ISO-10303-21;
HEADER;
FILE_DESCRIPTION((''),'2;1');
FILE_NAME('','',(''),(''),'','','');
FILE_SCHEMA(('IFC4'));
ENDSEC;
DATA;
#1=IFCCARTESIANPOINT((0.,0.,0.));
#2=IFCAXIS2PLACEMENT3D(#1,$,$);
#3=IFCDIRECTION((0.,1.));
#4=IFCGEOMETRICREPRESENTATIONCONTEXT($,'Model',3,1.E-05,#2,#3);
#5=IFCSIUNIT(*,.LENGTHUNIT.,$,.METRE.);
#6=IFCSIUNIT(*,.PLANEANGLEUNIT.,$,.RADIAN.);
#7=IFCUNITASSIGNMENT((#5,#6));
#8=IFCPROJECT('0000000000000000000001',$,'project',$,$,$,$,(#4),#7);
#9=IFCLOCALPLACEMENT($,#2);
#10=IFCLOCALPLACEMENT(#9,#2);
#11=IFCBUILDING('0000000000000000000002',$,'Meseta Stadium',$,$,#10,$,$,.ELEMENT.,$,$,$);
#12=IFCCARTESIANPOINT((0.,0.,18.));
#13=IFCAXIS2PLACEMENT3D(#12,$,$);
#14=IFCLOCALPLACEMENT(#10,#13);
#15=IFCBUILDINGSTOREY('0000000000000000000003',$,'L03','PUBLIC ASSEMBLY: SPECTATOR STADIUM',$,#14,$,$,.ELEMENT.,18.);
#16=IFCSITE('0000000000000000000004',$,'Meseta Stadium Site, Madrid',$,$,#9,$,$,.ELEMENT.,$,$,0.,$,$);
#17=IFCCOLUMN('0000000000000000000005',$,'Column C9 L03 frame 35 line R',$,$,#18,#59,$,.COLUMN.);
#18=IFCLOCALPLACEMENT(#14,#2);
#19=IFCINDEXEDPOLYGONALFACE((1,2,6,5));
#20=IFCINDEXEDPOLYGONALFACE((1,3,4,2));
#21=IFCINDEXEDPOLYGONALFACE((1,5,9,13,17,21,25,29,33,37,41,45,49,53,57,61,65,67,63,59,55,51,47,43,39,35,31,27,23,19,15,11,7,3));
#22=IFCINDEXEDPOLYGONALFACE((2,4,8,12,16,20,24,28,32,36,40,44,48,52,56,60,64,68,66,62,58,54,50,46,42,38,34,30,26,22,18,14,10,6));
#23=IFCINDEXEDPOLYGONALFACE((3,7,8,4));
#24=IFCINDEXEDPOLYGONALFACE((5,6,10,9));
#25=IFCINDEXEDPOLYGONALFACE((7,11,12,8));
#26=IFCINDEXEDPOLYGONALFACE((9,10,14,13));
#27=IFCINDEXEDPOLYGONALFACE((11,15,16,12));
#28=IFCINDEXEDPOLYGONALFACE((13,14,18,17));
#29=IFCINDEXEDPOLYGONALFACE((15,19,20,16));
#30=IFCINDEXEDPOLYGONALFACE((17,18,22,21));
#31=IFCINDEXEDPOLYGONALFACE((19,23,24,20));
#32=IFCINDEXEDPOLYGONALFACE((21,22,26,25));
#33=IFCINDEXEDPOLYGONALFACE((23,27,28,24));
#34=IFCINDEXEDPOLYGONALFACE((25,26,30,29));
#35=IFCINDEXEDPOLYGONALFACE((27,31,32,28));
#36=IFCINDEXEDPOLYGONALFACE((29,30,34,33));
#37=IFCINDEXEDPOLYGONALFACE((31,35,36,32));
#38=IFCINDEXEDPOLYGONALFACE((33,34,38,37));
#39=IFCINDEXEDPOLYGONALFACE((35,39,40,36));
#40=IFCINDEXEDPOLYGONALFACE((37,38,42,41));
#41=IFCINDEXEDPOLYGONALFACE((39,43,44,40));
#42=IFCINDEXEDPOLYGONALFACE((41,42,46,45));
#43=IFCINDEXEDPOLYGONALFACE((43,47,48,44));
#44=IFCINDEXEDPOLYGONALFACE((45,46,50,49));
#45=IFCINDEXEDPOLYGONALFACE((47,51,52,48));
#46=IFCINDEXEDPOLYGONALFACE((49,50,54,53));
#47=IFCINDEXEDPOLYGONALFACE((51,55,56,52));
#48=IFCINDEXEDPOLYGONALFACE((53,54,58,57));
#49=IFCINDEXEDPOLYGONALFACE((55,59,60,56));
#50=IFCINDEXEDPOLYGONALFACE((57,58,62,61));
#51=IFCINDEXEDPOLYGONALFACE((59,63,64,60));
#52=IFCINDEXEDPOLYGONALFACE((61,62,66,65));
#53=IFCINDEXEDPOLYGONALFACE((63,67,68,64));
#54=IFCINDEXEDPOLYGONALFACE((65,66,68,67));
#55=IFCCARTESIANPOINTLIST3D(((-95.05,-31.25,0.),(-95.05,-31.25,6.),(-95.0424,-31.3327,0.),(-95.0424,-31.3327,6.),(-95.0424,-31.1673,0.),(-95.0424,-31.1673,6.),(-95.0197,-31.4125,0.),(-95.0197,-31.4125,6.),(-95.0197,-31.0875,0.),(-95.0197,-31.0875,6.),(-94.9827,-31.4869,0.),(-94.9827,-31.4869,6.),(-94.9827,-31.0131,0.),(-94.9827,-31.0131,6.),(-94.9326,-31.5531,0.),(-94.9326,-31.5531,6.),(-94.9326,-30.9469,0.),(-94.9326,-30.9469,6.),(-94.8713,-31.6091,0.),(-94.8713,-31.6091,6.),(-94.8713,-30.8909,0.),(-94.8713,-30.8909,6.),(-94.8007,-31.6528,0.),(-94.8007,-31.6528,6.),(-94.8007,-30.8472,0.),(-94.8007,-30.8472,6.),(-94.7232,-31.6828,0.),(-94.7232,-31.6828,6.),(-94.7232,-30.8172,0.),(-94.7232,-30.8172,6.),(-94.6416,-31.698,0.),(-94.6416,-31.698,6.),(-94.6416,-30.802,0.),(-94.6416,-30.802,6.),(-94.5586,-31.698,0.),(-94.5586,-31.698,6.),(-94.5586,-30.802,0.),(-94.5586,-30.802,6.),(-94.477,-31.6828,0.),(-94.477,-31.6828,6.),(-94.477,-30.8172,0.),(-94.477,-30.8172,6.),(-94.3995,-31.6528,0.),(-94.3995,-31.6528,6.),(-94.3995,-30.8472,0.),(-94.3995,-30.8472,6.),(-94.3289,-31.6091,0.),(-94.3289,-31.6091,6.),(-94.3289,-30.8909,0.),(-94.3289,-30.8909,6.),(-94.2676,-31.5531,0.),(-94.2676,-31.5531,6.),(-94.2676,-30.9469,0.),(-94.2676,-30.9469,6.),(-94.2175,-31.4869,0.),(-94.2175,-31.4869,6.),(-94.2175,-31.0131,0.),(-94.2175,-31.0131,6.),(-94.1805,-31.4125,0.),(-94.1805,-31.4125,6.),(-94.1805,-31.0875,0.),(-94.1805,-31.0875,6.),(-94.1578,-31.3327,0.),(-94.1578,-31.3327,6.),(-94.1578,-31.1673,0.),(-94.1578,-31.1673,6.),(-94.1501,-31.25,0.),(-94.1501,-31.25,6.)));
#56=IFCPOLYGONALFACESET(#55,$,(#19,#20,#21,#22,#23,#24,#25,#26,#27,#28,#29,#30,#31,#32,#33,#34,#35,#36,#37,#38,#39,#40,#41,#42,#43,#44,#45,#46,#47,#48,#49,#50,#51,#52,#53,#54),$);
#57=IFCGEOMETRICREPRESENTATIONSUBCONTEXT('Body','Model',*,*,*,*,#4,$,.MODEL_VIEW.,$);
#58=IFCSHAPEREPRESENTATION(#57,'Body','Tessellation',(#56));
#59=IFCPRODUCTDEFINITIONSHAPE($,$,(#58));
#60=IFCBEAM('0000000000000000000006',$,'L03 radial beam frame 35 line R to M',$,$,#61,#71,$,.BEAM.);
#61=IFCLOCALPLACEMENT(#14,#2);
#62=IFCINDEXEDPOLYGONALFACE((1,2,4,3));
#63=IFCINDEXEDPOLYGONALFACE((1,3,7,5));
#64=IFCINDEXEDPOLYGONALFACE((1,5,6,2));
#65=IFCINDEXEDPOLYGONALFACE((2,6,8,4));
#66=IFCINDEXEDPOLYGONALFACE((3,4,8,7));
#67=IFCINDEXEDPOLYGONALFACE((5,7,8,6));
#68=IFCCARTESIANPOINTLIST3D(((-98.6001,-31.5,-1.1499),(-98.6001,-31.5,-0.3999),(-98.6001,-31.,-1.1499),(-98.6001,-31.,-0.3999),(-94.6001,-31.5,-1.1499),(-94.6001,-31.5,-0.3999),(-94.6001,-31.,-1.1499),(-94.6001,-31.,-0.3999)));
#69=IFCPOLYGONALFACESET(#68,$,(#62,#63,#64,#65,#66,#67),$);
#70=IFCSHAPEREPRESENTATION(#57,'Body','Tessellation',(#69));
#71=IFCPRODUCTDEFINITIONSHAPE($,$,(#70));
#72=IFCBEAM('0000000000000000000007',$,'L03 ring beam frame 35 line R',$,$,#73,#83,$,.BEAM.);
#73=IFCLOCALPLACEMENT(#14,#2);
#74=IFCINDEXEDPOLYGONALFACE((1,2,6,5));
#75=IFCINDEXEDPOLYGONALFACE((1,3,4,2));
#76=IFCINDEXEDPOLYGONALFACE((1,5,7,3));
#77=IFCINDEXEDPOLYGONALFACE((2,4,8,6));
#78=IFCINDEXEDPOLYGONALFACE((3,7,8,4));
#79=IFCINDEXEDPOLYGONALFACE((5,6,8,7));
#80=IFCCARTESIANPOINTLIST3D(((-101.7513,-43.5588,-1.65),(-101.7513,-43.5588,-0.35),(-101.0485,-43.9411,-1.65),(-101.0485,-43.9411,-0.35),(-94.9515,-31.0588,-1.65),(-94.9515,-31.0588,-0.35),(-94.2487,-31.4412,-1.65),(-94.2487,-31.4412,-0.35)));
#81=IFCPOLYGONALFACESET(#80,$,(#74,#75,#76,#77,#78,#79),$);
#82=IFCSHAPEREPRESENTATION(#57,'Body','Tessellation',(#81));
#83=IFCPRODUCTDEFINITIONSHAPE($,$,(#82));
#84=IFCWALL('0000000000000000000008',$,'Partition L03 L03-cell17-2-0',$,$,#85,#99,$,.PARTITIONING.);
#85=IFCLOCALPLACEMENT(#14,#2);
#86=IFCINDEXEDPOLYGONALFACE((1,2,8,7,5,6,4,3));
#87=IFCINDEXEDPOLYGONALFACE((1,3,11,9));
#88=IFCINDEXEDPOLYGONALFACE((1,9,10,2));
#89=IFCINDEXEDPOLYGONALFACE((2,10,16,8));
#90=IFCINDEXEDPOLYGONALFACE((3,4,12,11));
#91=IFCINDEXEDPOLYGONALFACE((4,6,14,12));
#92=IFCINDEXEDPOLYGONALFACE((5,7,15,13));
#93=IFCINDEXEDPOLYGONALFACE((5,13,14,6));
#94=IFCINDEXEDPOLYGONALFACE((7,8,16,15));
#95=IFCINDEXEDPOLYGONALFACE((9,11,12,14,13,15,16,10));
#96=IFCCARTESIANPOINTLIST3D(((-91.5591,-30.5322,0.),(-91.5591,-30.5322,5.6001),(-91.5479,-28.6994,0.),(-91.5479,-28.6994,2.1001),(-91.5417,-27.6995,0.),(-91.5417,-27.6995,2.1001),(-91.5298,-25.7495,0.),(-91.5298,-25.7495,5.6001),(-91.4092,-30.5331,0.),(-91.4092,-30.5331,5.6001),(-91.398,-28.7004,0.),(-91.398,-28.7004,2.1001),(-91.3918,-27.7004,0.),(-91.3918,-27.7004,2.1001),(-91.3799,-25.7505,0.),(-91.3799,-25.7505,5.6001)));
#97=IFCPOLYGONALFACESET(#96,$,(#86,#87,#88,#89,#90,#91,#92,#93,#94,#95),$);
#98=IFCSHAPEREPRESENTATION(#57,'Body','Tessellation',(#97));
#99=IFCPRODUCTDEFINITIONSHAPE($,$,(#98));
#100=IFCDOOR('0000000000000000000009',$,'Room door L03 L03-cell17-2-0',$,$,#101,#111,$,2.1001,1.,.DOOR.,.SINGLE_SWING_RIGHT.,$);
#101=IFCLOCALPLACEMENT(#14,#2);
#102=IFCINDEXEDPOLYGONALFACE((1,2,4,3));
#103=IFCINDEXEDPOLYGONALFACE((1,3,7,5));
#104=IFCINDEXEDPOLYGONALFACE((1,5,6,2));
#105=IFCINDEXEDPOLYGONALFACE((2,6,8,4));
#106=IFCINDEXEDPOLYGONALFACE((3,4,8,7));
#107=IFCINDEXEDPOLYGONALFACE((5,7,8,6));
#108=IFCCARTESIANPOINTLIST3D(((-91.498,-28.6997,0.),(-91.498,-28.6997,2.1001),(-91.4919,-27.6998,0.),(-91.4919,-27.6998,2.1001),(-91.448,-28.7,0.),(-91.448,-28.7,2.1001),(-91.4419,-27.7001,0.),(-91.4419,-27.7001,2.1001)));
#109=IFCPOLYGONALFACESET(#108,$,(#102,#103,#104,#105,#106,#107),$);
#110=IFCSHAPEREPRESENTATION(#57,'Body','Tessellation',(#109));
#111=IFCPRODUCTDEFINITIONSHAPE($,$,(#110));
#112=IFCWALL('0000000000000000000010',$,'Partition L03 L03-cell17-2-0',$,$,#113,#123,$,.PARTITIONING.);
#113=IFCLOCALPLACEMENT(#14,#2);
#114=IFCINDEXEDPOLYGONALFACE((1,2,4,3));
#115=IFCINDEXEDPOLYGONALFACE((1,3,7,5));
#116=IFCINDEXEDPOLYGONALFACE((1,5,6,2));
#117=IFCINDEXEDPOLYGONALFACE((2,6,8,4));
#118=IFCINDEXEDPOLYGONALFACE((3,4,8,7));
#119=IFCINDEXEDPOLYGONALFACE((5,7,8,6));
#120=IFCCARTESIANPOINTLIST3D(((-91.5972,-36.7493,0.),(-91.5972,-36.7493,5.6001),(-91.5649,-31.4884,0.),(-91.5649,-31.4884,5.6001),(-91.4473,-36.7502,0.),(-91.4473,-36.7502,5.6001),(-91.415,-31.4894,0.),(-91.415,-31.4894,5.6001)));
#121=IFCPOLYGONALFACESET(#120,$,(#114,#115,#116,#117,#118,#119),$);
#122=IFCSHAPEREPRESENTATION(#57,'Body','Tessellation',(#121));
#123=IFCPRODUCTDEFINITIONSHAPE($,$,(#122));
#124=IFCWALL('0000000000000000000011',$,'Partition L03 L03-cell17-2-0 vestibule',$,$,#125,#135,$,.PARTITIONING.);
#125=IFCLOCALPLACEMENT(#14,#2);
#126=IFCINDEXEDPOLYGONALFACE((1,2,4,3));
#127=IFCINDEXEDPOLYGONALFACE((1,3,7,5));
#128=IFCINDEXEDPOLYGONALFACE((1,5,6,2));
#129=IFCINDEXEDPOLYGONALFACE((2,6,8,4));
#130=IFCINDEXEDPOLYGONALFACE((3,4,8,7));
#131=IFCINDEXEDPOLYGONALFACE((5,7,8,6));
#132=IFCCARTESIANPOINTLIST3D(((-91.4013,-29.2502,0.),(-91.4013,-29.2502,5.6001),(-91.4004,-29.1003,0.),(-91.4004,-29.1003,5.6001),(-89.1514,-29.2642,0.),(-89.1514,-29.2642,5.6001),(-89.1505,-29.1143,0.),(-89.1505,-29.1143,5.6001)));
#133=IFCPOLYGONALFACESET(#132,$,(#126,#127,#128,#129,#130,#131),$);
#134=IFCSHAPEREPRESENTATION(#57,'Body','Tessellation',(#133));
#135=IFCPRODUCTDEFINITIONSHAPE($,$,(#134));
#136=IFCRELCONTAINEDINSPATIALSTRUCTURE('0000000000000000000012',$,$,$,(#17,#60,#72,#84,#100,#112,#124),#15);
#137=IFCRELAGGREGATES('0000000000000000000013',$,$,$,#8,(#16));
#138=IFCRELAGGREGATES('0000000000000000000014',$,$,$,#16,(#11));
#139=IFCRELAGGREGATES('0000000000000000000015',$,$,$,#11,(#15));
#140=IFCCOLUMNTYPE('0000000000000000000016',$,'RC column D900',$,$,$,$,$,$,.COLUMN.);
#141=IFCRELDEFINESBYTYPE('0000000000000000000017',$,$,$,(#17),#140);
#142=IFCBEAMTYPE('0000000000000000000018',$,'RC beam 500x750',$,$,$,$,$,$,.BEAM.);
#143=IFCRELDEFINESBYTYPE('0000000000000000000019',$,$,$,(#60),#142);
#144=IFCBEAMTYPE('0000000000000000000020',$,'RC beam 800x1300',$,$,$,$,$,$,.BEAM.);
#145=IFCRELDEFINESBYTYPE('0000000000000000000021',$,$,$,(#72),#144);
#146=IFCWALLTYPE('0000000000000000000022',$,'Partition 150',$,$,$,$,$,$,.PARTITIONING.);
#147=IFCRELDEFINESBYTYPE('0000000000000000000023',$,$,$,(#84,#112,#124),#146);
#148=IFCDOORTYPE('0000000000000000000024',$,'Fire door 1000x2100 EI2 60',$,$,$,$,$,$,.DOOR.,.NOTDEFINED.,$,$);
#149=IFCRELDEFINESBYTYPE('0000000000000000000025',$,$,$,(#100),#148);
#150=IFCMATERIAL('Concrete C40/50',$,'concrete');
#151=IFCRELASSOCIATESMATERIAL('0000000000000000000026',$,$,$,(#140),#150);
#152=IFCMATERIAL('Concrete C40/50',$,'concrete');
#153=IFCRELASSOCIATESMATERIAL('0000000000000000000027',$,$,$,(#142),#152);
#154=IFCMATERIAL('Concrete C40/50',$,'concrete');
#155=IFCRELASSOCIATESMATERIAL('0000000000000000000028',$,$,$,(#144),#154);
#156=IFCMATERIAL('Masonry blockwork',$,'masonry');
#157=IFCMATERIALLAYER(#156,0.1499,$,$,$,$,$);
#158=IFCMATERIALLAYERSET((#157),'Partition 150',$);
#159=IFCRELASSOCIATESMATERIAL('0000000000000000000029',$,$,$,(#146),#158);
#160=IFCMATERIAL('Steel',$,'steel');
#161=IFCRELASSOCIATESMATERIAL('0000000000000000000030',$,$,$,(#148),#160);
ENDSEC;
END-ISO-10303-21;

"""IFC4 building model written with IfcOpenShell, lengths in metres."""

from ifc_helpers import new_model, si_unit, direction, frame, frame_2d, origin, origin_2d, place, context, subcontext, project, spatial, rectangle, circle, extrude, material, layer, layer_set, material_profile, profile_set, type_object, element, fill, save


model = new_model("IFC4")

# Units and contexts
model_context = context("Model", 3, precision=1e-05, world=origin(), true_north=direction((0.0, 1.0)))
body_context = subcontext(model_context, "Body", "Model", "MODEL_VIEW")
ifc_project = project(units=[si_unit("LENGTHUNIT", "METRE"), si_unit("PLANEANGLEUNIT", "RADIAN")], contexts=[model_context])

# Site, building, storey
site_placement = place(None, origin())
site = spatial("IfcSite", under=ifc_project, at=site_placement, Name="Meseta Stadium Site, Madrid", CompositionType="ELEMENT", RefElevation=0.0)
building_placement = place(site_placement, origin())
building = spatial("IfcBuilding", under=site, at=building_placement, Name="Meseta Stadium", CompositionType="ELEMENT")
storey_placement = place(building_placement, frame((0.0, 0.0, 18.0)))
storey = spatial("IfcBuildingStorey", under=building, at=storey_placement, Name="L03", Description="PUBLIC ASSEMBLY: SPECTATOR STADIUM", CompositionType="ELEMENT", Elevation=18.0)

# Column
ifc_material_1 = material(Name="Concrete C40/50", Category="concrete")
ifc_material_profile_1 = material_profile(ifc_material_1, circle(Radius=0.45, at=origin_2d()), Name="RC D900")
ifc_profile_set_1 = profile_set([ifc_material_profile_1], Name="Concrete C40/50")
column_type = type_object("IfcColumnType", Name="RC column D900", PredefinedType="COLUMN", material=ifc_profile_set_1)
column_placement = place(storey_placement, frame((-94.6001, -31.25, 0.0), z_axis=(0.0, 0.0, 1.0), x_axis=(1.0, 0.0, 0.0)))
element("IfcColumn", 1, at=column_placement, inside=storey, type_object=column_type, Name="Column C9 L03 frame 35 line R", PredefinedType="COLUMN", context=body_context, shape_type="SweptSolid", body=[
    extrude(circle(Radius=0.45, at=origin_2d()), origin(), (0.0, 0.0, 1.0), 6.0),
])

# Beams
ifc_material_2 = material(Name="Concrete C40/50", Category="concrete")
ifc_material_profile_2 = material_profile(ifc_material_2, rectangle(XDim=0.5, YDim=0.75, at=origin_2d()), Name="RC 500x750")
ifc_profile_set_2 = profile_set([ifc_material_profile_2], Name="Concrete C40/50")
beam_type_1 = type_object("IfcBeamType", Name="RC beam 500x750", PredefinedType="BEAM", material=ifc_profile_set_2)
beam_1_placement = place(storey_placement, frame((-94.6001, -31.25, -0.7749), z_axis=(-1.0, 0.0, 0.0), x_axis=(0.0, -1.0, 0.0)))
element("IfcBeam", 2, at=beam_1_placement, inside=storey, type_object=beam_type_1, Name="L03 radial beam frame 35 line R to M", PredefinedType="BEAM", context=body_context, shape_type="SweptSolid", body=[
    extrude(rectangle(XDim=0.5, YDim=0.75, at=origin_2d()), origin(), (0.0, 0.0, 1.0), 4.0),
])
ifc_material_3 = material(Name="Concrete C40/50", Category="concrete")
ifc_material_profile_3 = material_profile(ifc_material_3, rectangle(XDim=0.8, YDim=1.3, at=origin_2d()), Name="RC 800x1300")
ifc_profile_set_3 = profile_set([ifc_material_profile_3], Name="Concrete C40/50")
beam_type_2 = type_object("IfcBeamType", Name="RC beam 800x1300", PredefinedType="BEAM", material=ifc_profile_set_3)
beam_2_placement = place(storey_placement, frame((-94.6001, -31.25, -1.0), z_axis=(-0.477856, -0.878438, 0.0), x_axis=(0.878438, -0.477856, 0.0)))
element("IfcBeam", 3, at=beam_2_placement, inside=storey, type_object=beam_type_2, Name="L03 ring beam frame 35 line R", PredefinedType="BEAM", context=body_context, shape_type="SweptSolid", body=[
    extrude(rectangle(XDim=0.8, YDim=1.3, at=origin_2d()), origin(), (0.0, 0.0, 1.0), 14.2297),
])

# Wall, opening, door
ifc_material_4 = material(Name="Masonry blockwork", Category="masonry")
ifc_layer_1 = layer(ifc_material_4, 0.1499)
ifc_layer_set_1 = layer_set([ifc_layer_1], Name="Partition 150")
wall_type_1 = type_object("IfcWallType", Name="Partition 150", PredefinedType="PARTITIONING", material=ifc_layer_set_1)
wall_1_placement = place(storey_placement, frame((-91.4548, -25.75, 0.0), z_axis=(0.0, 0.0, 1.0), x_axis=(-0.006125, -0.999981, 0.0)))
wall_1 = element("IfcWall", 4, at=wall_1_placement, inside=storey, type_object=wall_type_1, Name="Partition L03 L03-cell17-2-0", PredefinedType="PARTITIONING", context=body_context, shape_type="SweptSolid", body=[
    extrude(rectangle(XDim=4.7827, YDim=0.1499, at=frame_2d((2.3914, 0.0))), origin(), (0.0, 0.0, 1.0), 5.6001),
])
opening_1_placement = place(wall_1_placement, frame((1.95, 0.0, 0.0)))
opening_1 = element("IfcOpeningElement", 5, at=opening_1_placement, cuts=wall_1, PredefinedType="OPENING", context=body_context, shape_type="SweptSolid", body=[
    extrude(rectangle(XDim=1.0, YDim=2.1001, at=frame_2d((0.5, 1.05))), frame((0.0, 0.085, 0.0), z_axis=(0.0, -1.0, 0.0), x_axis=(1.0, 0.0, 0.0)), (0.0, 0.0, 1.0), 0.1699),
])
ifc_material_5 = material(Name="Steel", Category="steel")
door_type = type_object("IfcDoorType", Name="Fire door 1000x2100 EI2 60", OperationType="NOTDEFINED", PredefinedType="DOOR", material=ifc_material_5)
door_placement = place(opening_1_placement, origin())
door = element("IfcDoor", 6, at=door_placement, inside=storey, type_object=door_type, Name="Room door L03 L03-cell17-2-0", OperationType="SINGLE_SWING_RIGHT", OverallHeight=2.1001, OverallWidth=1.0, PredefinedType="DOOR", context=body_context, shape_type="SweptSolid", body=[
    extrude(rectangle(XDim=1.0, YDim=2.1001, at=frame_2d((0.5, 1.05))), frame((0.0, 0.0249, 0.0), z_axis=(0.0, -1.0, 0.0), x_axis=(1.0, 0.0, 0.0)), (0.0, 0.0, 1.0), 0.05),
])
fill(opening_1, door)

# Walls
wall_2_placement = place(storey_placement, frame((-91.49, -31.489, 0.0), z_axis=(0.0, 0.0, 1.0), x_axis=(-0.006125, -0.999981, 0.0)))
element("IfcWall", 7, at=wall_2_placement, inside=storey, type_object=wall_type_1, Name="Partition L03 L03-cell17-2-0", PredefinedType="PARTITIONING", context=body_context, shape_type="SweptSolid", body=[
    extrude(rectangle(XDim=5.261, YDim=0.1499, at=frame_2d((2.6304, 0.0))), origin(), (0.0, 0.0, 1.0), 5.6001),
])
wall_3_placement = place(storey_placement, frame((-91.4009, -29.1753, 0.0), z_axis=(0.0, 0.0, 1.0), x_axis=(0.999981, -0.006185, 0.0)))
element("IfcWall", 8, at=wall_3_placement, inside=storey, type_object=wall_type_1, Name="Partition L03 L03-cell17-2-0 vestibule", PredefinedType="PARTITIONING", context=body_context, shape_type="SweptSolid", body=[
    extrude(rectangle(XDim=2.25, YDim=0.1499, at=frame_2d((1.125, 0.0))), origin(), (0.0, 0.0, 1.0), 5.6001),
])

save(model, "model.ifc")
